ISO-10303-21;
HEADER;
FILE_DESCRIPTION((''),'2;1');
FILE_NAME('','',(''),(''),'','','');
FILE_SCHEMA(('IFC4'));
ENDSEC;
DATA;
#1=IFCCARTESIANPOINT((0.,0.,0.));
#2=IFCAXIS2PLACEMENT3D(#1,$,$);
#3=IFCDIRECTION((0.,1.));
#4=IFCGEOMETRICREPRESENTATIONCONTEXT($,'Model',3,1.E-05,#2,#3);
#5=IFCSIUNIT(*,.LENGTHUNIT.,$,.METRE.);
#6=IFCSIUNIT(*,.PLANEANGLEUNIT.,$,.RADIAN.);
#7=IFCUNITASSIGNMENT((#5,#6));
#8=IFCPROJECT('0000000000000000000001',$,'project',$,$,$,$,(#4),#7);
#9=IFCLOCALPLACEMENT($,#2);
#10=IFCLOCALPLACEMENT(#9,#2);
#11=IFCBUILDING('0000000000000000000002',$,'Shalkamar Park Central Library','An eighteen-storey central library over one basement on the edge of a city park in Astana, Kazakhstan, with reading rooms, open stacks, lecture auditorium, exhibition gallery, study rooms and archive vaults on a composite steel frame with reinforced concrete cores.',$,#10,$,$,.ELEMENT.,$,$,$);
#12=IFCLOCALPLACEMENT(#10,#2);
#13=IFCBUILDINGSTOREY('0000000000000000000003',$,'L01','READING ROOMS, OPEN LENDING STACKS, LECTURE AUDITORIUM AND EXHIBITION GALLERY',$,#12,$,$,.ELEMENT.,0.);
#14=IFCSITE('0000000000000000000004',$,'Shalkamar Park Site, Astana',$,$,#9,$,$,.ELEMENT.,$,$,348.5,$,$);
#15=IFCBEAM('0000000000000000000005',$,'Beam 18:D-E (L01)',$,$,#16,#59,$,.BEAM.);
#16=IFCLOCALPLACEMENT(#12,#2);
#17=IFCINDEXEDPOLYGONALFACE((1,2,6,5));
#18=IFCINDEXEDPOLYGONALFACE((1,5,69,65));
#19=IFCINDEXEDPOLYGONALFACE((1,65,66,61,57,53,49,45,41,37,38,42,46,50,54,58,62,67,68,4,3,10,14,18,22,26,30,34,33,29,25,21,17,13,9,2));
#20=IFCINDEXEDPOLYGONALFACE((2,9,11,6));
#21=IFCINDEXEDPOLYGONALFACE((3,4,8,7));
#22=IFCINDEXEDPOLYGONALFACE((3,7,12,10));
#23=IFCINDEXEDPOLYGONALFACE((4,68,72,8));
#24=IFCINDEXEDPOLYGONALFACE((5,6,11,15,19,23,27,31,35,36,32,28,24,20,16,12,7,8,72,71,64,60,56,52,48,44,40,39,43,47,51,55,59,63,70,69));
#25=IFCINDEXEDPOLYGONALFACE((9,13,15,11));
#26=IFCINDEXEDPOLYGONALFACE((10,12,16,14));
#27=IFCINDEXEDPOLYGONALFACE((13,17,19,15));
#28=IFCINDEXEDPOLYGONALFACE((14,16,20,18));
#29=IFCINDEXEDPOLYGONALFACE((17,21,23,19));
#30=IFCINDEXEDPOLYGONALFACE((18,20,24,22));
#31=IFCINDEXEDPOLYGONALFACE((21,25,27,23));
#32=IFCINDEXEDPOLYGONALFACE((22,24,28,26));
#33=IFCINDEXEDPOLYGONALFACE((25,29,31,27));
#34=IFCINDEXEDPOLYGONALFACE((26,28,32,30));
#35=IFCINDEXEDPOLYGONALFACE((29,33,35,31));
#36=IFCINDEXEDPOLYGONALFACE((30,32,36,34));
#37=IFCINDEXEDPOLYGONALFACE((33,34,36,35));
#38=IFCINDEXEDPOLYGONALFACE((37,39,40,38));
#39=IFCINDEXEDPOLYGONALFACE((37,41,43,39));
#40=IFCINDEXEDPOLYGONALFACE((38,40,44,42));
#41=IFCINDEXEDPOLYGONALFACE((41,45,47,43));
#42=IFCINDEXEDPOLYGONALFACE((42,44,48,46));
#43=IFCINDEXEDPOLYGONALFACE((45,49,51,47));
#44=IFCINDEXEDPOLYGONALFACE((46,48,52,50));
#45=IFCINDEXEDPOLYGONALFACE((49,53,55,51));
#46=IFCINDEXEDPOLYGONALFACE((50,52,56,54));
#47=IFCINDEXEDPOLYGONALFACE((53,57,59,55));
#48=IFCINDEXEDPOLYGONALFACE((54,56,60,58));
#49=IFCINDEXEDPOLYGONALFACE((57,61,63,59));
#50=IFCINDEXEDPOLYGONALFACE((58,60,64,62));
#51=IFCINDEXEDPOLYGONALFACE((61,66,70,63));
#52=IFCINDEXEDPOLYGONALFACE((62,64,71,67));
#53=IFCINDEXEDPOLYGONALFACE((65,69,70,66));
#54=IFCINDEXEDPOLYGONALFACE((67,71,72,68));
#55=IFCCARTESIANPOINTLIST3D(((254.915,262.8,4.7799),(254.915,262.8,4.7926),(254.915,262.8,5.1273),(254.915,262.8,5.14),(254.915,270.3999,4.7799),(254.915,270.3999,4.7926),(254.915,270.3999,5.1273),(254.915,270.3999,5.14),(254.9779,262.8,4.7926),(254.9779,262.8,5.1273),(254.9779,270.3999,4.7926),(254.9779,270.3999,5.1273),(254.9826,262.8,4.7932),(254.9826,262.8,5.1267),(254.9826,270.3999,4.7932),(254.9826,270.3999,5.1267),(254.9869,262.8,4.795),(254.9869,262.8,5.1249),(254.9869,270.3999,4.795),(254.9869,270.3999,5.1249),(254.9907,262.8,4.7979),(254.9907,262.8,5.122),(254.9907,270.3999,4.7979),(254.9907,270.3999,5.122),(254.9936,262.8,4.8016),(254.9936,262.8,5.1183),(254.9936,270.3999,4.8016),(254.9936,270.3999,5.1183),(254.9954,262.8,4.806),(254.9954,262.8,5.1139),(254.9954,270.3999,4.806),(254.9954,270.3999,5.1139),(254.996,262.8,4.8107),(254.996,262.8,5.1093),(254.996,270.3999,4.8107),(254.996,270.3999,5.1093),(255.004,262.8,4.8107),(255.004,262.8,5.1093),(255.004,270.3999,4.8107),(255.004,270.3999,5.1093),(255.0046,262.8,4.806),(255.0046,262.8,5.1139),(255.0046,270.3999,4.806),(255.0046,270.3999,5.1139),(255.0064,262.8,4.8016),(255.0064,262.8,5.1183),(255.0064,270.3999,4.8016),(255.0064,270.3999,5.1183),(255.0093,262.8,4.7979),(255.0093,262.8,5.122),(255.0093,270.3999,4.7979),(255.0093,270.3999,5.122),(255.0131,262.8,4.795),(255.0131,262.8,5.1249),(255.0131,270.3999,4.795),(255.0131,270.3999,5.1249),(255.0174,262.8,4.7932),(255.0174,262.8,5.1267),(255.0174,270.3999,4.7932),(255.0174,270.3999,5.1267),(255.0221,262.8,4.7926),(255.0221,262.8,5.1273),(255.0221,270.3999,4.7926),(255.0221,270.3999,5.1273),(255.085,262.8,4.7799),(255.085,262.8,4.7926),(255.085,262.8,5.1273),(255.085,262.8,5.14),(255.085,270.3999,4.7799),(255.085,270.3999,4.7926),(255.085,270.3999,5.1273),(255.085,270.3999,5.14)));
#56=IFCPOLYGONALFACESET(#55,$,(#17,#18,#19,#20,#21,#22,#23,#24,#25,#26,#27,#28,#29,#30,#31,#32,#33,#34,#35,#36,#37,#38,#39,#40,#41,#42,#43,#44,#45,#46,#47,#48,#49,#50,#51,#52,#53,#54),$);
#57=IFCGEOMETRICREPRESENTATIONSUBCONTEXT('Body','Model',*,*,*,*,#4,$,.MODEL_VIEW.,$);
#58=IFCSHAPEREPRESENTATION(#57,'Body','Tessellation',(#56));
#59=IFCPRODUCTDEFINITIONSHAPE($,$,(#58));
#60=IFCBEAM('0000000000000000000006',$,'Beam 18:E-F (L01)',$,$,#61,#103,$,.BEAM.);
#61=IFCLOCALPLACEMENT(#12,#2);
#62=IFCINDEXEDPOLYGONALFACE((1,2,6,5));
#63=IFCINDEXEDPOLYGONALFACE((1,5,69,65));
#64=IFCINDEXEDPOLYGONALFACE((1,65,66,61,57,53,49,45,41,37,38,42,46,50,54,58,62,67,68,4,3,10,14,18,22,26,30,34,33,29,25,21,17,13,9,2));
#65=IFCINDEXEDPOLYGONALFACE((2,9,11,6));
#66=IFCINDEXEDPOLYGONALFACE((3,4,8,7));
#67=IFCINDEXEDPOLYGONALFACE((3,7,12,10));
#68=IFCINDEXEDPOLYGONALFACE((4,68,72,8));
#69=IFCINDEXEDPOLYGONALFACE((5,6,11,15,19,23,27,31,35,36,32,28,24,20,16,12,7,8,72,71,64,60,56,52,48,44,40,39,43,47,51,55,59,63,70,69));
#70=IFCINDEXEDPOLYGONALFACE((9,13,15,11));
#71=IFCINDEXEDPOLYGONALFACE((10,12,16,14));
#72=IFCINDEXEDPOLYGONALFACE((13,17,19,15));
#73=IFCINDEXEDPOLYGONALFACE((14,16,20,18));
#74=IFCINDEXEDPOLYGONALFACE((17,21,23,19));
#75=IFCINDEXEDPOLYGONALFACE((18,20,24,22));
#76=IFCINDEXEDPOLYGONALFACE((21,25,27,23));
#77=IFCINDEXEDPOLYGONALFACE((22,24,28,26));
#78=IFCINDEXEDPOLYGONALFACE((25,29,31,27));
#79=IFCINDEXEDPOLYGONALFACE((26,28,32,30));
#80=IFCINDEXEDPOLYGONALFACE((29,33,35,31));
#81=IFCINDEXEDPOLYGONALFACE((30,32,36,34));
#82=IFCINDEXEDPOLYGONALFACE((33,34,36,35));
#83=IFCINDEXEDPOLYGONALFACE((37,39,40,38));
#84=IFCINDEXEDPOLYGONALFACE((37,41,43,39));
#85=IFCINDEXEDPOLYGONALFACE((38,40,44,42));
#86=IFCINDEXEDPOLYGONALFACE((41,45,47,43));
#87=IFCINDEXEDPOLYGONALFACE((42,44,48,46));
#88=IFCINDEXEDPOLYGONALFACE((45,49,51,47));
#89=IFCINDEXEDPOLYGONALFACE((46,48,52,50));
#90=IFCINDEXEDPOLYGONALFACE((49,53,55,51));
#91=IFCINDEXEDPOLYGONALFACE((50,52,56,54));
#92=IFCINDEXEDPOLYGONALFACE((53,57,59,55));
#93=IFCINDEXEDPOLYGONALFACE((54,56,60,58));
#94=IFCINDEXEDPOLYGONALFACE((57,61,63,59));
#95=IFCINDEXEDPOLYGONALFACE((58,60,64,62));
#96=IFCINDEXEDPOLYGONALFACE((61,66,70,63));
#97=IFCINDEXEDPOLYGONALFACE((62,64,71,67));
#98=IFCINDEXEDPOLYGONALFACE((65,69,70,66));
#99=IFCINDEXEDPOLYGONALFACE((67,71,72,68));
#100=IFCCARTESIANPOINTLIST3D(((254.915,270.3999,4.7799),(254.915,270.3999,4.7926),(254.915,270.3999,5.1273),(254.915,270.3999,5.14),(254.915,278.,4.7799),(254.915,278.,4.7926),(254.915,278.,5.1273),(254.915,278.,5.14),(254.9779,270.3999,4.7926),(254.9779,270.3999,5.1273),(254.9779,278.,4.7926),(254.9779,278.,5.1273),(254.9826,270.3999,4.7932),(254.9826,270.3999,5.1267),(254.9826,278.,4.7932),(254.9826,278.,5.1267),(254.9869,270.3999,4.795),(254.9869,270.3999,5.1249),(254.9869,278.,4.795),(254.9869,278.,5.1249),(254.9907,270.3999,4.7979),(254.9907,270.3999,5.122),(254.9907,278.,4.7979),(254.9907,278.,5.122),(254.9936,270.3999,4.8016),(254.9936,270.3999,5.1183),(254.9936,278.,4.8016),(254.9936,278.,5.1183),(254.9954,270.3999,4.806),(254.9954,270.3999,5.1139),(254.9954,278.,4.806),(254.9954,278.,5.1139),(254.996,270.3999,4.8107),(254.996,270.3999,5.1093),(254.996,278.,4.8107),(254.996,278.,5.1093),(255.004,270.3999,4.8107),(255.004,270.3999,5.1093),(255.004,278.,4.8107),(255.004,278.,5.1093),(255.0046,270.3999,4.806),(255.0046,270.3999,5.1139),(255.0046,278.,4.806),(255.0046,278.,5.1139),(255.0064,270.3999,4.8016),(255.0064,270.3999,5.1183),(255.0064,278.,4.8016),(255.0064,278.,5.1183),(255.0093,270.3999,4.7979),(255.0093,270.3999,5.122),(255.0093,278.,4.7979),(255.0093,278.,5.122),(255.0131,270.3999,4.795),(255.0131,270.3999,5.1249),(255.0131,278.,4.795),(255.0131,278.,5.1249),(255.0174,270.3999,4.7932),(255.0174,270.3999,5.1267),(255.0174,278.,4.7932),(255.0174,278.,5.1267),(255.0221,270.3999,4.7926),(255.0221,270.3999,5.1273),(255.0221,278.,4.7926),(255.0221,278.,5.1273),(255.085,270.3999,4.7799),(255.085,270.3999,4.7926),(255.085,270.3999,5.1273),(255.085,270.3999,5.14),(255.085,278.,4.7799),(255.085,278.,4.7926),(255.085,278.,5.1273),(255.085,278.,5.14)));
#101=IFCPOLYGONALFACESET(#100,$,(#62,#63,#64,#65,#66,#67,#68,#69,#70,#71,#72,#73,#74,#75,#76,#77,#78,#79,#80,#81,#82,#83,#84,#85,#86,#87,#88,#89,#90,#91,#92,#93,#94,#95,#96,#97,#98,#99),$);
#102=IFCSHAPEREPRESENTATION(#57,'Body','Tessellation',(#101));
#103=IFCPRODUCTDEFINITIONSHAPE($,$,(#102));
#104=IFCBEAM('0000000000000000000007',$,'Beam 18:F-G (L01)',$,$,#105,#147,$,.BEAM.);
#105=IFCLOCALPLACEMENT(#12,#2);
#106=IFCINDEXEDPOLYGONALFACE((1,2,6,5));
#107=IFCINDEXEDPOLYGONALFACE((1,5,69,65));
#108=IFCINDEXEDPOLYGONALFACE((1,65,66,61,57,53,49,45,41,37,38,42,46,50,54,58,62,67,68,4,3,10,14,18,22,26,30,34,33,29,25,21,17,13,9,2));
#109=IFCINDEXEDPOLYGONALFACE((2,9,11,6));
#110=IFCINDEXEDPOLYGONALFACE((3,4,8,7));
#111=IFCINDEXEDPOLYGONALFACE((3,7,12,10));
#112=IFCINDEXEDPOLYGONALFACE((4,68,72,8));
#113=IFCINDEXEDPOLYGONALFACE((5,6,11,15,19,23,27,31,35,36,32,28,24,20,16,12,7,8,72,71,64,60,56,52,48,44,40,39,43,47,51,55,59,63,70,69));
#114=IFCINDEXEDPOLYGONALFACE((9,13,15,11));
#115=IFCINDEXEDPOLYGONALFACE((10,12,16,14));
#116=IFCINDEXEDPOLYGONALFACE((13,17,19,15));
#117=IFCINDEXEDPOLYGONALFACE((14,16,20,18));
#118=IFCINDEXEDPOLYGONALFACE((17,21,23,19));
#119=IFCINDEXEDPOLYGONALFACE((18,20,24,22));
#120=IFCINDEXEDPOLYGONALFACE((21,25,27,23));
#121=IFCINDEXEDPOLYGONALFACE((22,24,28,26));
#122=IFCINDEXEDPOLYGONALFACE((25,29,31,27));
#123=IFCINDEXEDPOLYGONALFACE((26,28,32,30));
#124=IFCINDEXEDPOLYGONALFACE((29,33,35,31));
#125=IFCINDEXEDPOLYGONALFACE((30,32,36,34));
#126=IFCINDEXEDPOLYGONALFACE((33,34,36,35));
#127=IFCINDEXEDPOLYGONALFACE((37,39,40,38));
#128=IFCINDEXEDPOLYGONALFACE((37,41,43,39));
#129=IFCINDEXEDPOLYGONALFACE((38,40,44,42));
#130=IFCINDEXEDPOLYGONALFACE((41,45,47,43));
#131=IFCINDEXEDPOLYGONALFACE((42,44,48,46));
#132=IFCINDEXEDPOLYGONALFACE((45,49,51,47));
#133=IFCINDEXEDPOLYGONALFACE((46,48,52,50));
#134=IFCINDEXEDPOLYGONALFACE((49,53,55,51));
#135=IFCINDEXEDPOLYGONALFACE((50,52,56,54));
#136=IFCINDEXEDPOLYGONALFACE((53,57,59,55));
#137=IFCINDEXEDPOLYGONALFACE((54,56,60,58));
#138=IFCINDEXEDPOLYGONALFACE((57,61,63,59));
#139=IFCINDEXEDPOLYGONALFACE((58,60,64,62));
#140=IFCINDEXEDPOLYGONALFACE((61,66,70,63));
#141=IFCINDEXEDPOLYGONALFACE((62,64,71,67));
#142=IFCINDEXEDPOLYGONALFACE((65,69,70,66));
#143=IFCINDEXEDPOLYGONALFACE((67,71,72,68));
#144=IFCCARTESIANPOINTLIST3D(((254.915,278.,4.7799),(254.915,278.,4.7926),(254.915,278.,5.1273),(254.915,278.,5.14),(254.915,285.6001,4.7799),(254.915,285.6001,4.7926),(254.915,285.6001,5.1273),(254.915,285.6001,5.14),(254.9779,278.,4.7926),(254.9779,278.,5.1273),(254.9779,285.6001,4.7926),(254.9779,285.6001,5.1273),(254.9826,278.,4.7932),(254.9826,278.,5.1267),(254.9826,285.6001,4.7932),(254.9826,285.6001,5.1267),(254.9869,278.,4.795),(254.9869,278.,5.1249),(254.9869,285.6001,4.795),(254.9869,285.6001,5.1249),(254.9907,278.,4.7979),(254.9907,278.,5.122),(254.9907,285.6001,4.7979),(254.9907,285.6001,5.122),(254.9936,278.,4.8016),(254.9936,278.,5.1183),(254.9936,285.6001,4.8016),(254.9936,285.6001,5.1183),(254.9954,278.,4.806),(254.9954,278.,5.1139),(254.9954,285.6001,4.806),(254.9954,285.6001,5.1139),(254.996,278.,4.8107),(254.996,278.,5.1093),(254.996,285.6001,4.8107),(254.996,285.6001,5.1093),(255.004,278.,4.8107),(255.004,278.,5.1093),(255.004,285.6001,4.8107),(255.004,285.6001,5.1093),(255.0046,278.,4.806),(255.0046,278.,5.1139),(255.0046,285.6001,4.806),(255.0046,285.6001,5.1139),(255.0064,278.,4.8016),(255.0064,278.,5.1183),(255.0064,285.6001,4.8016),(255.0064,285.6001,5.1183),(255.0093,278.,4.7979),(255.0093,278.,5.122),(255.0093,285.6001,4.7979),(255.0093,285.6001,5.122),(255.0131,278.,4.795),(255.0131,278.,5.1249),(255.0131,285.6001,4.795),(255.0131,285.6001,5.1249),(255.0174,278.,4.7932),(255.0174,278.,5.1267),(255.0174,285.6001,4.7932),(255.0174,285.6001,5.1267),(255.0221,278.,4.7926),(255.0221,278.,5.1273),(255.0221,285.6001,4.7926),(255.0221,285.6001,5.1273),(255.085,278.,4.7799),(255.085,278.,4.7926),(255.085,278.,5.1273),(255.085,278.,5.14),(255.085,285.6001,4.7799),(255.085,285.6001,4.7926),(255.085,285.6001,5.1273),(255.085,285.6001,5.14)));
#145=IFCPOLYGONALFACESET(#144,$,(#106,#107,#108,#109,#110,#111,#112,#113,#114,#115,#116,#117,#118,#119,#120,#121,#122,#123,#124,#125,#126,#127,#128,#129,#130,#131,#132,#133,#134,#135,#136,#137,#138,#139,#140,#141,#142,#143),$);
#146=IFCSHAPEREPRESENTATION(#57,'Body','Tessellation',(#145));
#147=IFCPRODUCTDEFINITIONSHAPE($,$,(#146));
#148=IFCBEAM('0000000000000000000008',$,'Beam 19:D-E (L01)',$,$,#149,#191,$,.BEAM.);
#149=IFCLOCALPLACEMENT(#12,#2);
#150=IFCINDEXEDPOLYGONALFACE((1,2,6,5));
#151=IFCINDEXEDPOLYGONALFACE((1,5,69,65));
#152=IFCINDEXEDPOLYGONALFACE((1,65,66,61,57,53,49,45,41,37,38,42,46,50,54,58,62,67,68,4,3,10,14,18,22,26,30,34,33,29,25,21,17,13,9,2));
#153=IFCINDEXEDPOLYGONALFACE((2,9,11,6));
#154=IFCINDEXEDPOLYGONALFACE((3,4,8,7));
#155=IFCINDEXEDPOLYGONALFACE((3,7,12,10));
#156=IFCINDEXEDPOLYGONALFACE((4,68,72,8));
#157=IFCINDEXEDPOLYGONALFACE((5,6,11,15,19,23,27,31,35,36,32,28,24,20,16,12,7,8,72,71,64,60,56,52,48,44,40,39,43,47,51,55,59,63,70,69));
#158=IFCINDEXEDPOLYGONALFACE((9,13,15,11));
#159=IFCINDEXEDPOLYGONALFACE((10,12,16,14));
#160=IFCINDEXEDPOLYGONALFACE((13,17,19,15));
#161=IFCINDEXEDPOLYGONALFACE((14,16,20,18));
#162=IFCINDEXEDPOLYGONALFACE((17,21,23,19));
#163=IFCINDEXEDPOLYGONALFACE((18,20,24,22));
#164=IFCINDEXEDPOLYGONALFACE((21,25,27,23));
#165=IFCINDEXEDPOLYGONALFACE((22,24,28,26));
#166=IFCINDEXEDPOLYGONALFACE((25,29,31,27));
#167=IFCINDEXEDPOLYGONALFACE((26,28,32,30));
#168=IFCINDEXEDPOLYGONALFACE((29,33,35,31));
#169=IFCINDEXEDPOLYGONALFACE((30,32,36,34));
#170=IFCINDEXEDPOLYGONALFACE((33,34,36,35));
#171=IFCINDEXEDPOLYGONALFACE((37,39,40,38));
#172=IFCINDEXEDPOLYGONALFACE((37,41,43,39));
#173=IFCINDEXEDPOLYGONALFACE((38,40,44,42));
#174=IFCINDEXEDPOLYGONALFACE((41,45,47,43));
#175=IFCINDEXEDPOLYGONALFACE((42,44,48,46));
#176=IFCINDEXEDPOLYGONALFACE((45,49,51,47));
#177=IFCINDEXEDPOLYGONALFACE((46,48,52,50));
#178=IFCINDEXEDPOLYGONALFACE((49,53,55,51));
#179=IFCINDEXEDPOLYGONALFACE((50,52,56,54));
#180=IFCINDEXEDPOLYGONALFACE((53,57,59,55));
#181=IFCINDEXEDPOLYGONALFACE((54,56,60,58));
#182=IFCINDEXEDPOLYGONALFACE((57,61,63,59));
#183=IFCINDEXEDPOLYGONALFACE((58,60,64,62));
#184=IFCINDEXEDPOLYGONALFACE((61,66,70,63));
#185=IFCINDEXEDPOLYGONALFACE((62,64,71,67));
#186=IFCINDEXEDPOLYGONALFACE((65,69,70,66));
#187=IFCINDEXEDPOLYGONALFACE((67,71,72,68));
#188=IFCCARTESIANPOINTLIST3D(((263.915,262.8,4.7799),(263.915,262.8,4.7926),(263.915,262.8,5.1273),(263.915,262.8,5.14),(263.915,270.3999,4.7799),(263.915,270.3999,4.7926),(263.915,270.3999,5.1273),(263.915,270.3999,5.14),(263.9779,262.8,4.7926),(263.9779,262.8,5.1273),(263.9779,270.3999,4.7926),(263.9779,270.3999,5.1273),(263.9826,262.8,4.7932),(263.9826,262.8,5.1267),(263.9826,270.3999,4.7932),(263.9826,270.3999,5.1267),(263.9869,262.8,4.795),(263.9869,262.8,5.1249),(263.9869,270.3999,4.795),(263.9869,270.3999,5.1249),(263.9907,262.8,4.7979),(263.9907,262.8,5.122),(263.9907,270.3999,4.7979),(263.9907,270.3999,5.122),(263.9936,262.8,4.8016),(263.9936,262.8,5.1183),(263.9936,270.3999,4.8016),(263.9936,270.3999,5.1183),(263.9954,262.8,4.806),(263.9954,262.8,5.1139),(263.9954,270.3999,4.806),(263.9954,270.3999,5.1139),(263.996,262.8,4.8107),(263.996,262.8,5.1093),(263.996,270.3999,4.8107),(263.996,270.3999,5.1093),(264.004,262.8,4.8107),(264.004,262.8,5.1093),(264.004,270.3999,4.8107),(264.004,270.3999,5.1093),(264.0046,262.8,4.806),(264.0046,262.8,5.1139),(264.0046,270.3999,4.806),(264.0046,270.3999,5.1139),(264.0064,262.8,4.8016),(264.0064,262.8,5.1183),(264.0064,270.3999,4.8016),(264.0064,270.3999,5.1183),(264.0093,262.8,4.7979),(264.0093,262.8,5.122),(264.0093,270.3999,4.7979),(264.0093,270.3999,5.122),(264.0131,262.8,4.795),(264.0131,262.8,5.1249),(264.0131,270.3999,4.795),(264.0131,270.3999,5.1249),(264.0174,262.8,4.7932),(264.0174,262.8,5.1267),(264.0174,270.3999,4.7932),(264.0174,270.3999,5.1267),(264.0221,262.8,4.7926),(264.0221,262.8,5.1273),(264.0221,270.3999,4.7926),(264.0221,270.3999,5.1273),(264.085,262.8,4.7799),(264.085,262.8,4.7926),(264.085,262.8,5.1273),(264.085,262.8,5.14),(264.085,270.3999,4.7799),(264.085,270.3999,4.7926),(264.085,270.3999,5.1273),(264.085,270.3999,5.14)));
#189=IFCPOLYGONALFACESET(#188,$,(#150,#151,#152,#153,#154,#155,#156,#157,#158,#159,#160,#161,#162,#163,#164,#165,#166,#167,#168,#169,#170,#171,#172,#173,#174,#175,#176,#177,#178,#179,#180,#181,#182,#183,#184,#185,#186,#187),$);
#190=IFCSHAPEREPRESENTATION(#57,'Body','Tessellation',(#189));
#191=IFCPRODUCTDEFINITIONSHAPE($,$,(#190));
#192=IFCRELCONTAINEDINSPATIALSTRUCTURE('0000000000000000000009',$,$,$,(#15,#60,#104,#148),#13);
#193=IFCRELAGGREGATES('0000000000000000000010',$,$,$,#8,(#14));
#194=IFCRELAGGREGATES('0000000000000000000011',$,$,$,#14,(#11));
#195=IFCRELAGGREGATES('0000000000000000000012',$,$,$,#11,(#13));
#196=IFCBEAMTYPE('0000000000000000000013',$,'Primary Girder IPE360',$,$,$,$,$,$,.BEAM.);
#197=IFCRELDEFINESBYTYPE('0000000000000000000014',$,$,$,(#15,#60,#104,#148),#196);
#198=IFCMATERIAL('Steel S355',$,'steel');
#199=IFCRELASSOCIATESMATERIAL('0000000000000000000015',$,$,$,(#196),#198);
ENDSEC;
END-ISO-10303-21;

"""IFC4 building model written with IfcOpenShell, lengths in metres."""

from ifc_helpers import new_model, si_unit, direction, frame, origin, origin_2d, place, context, subcontext, project, spatial, i_section, extrude, material, material_profile, profile_set, type_object, element, save


model = new_model("IFC4")

# Units and contexts
model_context = context("Model", 3, precision=1e-05, world=origin(), true_north=direction((0.0, 1.0)))
body_context = subcontext(model_context, "Body", "Model", "MODEL_VIEW")
ifc_project = project(units=[si_unit("LENGTHUNIT", "METRE"), si_unit("PLANEANGLEUNIT", "RADIAN")], contexts=[model_context])

# Site, building, storey
site_placement = place(None, origin())
site = spatial("IfcSite", under=ifc_project, at=site_placement, Name="Shalkamar Park Site, Astana", CompositionType="ELEMENT", RefElevation=348.5)
building_placement = place(site_placement, origin())
building = spatial("IfcBuilding", under=site, at=building_placement, Name="Shalkamar Park Central Library", Description="An eighteen-storey central library over one basement on the edge of a city park in Astana, Kazakhstan, with reading rooms, open stacks, lecture auditorium, exhibition gallery, study rooms and archive vaults on a composite steel frame with reinforced concrete cores.", CompositionType="ELEMENT")
storey_placement = place(building_placement, origin())
storey = spatial("IfcBuildingStorey", under=building, at=storey_placement, Name="L01", Description="READING ROOMS, OPEN LENDING STACKS, LECTURE AUDITORIUM AND EXHIBITION GALLERY", CompositionType="ELEMENT", Elevation=0.0)

# Shared definitions
ifc_material_1 = material(Name="Steel S355", Category="steel")

# Beams
ifc_material_profile_1 = material_profile(ifc_material_1, i_section(OverallWidth=0.1699, OverallDepth=0.3601, WebThickness=0.0081, FlangeThickness=0.0127, FilletRadius=0.0181, at=origin_2d()), Name="IPE 360")
ifc_profile_set_1 = profile_set([ifc_material_profile_1], Name="Steel S355")
beam_type_1 = type_object("IfcBeamType", Name="Primary Girder IPE360", PredefinedType="BEAM", material=ifc_profile_set_1)
beam_1_placement = place(storey_placement, frame((255.0, 262.8, 4.96), z_axis=(0.0, 1.0, 0.0), x_axis=(-1.0, 0.0, 0.0)))
element("IfcBeam", 1, at=beam_1_placement, inside=storey, type_object=beam_type_1, Name="Beam 18:D-E (L01)", PredefinedType="BEAM", context=body_context, shape_type="SweptSolid", body=[
    extrude(i_section(OverallWidth=0.1699, OverallDepth=0.3601, WebThickness=0.0081, FlangeThickness=0.0127, FilletRadius=0.0181, at=origin_2d()), origin(), (0.0, 0.0, 1.0), 7.5999),
])
for number, where, z_axis, x_axis, name in (
    (2, (255.0, 270.3999, 4.96), (0.0, 1.0, 0.0), (-1.0, 0.0, 0.0), "Beam 18:E-F (L01)"),
    (3, (255.0, 278.0, 4.96), (0.0, 1.0, 0.0), (-1.0, 0.0, 0.0), "Beam 18:F-G (L01)"),
):
    element("IfcBeam", number, at=place(storey_placement, frame(where, z_axis=z_axis, x_axis=x_axis)), inside=storey, type_object=beam_type_1, Name=name, PredefinedType="BEAM", context=body_context, shape_type="SweptSolid", body=[
        extrude(i_section(OverallWidth=0.1699, OverallDepth=0.3601, WebThickness=0.0081, FlangeThickness=0.0127, FilletRadius=0.0181, at=origin_2d()), origin(), (0.0, 0.0, 1.0), 7.6001),
    ])
beam_2_placement = place(storey_placement, frame((264.0, 262.8, 4.96), z_axis=(0.0, 1.0, 0.0), x_axis=(-1.0, 0.0, 0.0)))
element("IfcBeam", 4, at=beam_2_placement, inside=storey, type_object=beam_type_1, Name="Beam 19:D-E (L01)", PredefinedType="BEAM", context=body_context, shape_type="SweptSolid", body=[
    extrude(i_section(OverallWidth=0.1699, OverallDepth=0.3601, WebThickness=0.0081, FlangeThickness=0.0127, FilletRadius=0.0181, at=origin_2d()), origin(), (0.0, 0.0, 1.0), 7.5999),
])

save(model, "model.ifc")
